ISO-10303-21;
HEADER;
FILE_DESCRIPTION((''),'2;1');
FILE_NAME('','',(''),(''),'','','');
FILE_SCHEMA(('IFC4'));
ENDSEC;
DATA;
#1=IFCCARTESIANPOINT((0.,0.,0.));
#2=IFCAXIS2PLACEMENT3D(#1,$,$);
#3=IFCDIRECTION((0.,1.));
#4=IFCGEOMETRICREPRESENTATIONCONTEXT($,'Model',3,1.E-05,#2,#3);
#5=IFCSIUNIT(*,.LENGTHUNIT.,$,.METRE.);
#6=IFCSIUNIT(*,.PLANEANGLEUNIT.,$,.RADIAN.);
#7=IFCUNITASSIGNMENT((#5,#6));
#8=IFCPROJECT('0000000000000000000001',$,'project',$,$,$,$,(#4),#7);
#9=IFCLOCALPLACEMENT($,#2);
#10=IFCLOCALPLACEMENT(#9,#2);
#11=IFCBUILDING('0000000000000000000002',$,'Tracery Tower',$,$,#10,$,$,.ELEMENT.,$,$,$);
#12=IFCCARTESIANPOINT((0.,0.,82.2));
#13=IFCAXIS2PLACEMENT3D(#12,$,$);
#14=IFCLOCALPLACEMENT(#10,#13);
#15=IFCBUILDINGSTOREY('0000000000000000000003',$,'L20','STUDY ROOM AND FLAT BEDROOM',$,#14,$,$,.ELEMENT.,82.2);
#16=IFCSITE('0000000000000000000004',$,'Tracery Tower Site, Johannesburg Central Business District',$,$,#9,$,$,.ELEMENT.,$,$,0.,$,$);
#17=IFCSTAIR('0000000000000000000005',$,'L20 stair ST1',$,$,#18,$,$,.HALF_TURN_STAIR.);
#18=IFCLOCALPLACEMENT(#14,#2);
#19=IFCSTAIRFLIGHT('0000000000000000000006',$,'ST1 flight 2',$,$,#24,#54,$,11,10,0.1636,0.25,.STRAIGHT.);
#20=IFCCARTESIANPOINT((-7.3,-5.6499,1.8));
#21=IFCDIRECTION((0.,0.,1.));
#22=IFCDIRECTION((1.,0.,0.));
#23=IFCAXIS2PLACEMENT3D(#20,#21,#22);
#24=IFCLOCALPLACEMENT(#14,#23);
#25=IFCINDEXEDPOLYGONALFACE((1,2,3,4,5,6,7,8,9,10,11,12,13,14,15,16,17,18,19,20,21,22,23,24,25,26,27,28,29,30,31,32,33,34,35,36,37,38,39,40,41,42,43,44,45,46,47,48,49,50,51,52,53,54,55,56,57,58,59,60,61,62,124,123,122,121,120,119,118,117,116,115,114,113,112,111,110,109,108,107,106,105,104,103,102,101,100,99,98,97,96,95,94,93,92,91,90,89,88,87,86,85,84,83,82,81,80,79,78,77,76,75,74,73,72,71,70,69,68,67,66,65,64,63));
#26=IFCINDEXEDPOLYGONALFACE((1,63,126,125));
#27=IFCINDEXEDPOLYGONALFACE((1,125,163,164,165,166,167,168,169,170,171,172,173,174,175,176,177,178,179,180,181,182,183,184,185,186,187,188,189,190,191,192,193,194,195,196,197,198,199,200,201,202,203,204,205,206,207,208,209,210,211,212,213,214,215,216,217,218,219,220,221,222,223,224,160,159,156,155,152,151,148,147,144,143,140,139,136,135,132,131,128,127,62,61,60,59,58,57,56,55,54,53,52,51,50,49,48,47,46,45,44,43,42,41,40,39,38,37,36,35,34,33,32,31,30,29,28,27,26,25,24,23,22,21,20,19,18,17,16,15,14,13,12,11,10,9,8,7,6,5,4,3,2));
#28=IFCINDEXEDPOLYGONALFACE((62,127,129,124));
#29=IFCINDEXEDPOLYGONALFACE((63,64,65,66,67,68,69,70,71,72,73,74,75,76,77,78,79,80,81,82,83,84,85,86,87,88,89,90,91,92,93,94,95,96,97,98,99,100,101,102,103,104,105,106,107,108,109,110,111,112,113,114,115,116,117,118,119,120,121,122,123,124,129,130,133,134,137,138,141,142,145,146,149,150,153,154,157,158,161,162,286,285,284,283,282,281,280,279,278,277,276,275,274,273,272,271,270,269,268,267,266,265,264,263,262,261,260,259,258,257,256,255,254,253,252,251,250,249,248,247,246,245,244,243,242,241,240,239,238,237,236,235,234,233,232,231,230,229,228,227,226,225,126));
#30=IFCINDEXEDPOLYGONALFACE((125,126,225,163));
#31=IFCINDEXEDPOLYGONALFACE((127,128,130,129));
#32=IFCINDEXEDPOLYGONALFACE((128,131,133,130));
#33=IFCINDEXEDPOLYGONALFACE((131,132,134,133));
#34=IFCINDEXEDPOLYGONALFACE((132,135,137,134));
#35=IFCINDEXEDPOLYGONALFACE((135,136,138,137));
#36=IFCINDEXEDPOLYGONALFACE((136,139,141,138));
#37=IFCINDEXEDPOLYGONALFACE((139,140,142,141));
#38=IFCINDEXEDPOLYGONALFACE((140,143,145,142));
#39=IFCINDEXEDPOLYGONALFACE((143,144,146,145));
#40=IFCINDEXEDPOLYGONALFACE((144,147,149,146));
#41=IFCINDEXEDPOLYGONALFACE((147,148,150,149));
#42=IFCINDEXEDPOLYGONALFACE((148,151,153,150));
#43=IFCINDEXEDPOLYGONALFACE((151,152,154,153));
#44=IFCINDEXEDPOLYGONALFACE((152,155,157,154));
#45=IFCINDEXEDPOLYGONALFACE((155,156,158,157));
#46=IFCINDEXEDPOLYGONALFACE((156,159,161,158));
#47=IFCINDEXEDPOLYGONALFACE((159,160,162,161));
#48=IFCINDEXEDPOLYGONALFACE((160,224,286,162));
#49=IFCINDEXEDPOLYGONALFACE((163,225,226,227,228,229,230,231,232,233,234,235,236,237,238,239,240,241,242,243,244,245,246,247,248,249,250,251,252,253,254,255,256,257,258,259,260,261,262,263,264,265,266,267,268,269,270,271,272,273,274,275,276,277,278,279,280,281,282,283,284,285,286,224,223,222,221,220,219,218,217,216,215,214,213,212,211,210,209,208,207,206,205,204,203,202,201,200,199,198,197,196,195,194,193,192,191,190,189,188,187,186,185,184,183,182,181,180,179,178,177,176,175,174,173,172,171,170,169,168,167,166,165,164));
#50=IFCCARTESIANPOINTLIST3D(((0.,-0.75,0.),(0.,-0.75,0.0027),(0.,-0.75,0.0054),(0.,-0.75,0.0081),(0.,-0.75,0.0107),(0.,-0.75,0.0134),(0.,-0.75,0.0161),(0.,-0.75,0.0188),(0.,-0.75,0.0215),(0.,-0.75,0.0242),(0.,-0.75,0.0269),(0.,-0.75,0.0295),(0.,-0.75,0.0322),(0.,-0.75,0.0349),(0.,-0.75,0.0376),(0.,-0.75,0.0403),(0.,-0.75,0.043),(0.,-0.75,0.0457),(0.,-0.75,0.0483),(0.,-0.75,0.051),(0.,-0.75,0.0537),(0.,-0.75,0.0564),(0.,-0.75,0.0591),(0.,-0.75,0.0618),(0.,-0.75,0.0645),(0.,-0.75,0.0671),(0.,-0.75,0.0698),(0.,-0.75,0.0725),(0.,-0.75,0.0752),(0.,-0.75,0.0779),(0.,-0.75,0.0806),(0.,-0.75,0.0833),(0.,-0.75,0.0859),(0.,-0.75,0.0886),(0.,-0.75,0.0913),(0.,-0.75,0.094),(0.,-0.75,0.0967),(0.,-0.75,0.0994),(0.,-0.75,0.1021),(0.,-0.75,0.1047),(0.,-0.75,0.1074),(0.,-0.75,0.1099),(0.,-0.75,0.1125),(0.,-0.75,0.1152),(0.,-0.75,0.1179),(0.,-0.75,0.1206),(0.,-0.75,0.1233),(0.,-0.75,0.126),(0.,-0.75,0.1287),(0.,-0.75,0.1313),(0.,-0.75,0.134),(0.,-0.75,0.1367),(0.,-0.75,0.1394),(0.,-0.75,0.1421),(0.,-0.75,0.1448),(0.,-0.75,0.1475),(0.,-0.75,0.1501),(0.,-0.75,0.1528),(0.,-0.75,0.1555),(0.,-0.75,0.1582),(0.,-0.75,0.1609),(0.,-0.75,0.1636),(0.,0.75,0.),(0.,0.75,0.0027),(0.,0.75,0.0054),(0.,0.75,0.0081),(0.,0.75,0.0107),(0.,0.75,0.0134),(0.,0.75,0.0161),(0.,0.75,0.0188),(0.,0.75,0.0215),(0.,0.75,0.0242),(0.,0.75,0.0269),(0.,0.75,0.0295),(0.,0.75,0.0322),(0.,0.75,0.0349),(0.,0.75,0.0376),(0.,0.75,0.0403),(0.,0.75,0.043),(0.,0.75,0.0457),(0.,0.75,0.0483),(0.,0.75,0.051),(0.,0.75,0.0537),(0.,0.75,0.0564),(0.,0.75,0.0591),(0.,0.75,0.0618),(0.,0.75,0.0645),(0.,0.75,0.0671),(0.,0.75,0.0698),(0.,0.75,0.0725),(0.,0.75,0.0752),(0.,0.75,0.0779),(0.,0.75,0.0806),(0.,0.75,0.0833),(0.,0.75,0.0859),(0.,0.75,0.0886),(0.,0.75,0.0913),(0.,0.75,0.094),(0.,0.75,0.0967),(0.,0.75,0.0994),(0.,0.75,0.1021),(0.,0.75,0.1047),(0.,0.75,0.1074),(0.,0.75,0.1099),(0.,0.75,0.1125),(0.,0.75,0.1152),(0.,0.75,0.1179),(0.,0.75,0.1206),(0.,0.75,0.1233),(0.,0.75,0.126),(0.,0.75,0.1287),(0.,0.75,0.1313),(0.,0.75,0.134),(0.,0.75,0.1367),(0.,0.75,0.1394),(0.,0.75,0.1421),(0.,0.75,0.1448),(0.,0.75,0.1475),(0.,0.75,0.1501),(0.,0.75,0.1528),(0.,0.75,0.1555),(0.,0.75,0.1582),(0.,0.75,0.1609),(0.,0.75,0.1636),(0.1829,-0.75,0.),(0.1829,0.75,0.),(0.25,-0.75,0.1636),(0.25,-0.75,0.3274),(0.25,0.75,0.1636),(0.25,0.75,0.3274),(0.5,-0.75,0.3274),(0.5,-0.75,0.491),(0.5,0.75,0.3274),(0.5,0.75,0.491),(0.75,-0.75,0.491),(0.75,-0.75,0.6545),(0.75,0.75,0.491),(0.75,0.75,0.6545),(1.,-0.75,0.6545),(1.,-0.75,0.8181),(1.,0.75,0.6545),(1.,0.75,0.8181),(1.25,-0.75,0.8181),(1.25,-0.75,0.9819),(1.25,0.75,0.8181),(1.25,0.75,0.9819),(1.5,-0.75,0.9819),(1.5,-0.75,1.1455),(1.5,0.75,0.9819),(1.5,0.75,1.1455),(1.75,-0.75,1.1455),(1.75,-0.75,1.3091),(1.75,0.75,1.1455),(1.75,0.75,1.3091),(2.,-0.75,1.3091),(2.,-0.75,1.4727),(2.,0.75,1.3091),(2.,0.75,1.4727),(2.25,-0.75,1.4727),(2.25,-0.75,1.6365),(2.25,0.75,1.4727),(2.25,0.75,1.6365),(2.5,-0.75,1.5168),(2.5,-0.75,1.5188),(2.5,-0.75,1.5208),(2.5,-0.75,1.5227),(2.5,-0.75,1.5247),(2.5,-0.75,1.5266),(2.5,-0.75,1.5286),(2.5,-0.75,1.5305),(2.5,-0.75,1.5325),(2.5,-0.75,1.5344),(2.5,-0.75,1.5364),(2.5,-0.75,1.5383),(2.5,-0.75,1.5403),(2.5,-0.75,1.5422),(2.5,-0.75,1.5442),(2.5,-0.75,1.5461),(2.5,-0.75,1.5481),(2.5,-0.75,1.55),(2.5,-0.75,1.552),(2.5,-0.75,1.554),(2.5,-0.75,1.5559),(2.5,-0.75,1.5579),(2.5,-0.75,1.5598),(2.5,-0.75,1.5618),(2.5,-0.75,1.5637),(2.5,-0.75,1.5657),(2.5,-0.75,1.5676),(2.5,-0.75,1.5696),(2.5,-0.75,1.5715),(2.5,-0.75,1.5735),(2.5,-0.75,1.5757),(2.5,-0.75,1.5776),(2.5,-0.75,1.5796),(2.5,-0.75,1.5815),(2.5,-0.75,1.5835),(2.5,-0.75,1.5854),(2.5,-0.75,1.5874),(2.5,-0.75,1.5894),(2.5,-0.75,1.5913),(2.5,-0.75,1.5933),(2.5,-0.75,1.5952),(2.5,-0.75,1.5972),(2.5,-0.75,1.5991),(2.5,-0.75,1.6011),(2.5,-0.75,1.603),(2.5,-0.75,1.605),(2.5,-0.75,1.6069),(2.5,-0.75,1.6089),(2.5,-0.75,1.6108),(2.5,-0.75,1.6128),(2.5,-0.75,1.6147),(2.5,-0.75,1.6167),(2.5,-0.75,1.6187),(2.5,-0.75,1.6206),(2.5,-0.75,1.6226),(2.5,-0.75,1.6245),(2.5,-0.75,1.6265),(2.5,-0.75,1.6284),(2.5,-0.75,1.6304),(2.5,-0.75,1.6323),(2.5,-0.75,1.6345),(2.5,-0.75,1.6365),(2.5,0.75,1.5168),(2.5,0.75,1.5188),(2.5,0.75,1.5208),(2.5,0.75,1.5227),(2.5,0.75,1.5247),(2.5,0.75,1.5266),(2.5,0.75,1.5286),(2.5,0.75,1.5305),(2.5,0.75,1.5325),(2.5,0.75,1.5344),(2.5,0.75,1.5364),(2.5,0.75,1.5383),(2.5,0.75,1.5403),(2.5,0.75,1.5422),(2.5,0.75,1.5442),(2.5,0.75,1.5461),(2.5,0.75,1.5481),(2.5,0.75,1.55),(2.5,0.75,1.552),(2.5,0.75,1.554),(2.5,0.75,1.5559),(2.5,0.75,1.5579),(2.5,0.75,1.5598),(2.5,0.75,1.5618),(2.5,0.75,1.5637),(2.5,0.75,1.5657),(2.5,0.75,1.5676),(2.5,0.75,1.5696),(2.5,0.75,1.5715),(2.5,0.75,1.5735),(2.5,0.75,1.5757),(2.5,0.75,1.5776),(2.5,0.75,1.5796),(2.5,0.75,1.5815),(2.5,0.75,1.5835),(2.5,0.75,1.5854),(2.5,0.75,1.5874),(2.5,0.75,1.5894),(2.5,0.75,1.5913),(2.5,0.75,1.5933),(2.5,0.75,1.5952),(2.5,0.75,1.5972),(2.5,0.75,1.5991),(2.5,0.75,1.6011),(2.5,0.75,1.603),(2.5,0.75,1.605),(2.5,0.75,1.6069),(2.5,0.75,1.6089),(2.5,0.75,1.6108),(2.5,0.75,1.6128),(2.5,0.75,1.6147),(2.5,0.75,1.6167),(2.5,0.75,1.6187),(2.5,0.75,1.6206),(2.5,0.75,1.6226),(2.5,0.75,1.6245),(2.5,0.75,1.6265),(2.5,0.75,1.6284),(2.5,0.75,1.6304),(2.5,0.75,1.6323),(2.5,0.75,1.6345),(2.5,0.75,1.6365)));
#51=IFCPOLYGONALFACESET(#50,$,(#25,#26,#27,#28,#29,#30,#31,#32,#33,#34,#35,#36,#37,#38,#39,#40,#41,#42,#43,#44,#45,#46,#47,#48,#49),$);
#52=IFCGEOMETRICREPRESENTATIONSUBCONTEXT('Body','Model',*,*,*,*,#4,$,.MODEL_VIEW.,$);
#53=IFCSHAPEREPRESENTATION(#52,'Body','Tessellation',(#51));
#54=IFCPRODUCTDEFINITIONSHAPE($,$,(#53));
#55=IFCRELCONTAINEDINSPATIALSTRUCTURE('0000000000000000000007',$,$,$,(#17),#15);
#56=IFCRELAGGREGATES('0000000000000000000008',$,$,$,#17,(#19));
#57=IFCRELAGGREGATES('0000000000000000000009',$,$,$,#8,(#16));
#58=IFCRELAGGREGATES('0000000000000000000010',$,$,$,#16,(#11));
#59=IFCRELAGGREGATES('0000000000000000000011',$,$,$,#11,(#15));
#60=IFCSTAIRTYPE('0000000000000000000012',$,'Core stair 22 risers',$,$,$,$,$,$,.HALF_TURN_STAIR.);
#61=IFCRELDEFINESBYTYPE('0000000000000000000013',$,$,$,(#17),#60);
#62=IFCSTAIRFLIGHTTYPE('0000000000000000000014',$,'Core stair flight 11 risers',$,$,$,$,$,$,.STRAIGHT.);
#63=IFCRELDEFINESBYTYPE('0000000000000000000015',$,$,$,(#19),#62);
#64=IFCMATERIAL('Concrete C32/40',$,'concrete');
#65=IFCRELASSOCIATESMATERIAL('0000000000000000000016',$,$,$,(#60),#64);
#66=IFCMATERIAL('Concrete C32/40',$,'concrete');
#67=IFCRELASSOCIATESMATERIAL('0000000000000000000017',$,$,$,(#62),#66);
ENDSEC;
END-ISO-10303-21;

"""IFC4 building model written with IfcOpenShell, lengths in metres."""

from ifc_helpers import new_model, si_unit, direction, frame, origin, place, context, subcontext, project, spatial, polyline, outline, extrude, material, type_object, element, aggregate, save


model = new_model("IFC4")

# Units and contexts
model_context = context("Model", 3, precision=1e-05, world=origin(), true_north=direction((0.0, 1.0)))
body_context = subcontext(model_context, "Body", "Model", "MODEL_VIEW")
ifc_project = project(units=[si_unit("LENGTHUNIT", "METRE"), si_unit("PLANEANGLEUNIT", "RADIAN")], contexts=[model_context])

# Site, building, storey
site_placement = place(None, origin())
site = spatial("IfcSite", under=ifc_project, at=site_placement, Name="Tracery Tower Site, Johannesburg Central Business District", CompositionType="ELEMENT", RefElevation=0.0)
building_placement = place(site_placement, origin())
building = spatial("IfcBuilding", under=site, at=building_placement, Name="Tracery Tower", CompositionType="ELEMENT")
storey_placement = place(building_placement, frame((0.0, 0.0, 82.2)))
storey = spatial("IfcBuildingStorey", under=building, at=storey_placement, Name="L20", Description="STUDY ROOM AND FLAT BEDROOM", CompositionType="ELEMENT", Elevation=82.2)

# Stair, stair flight
ifc_material_1 = material(Name="Concrete C32/40", Category="concrete")
stair_type = type_object("IfcStairType", Name="Core stair 22 risers", PredefinedType="HALF_TURN_STAIR", material=ifc_material_1)
stair_placement = place(storey_placement, origin())
stair = element("IfcStair", 1, at=stair_placement, inside=storey, type_object=stair_type, Name="L20 stair ST1", PredefinedType="HALF_TURN_STAIR")
ifc_material_2 = material(Name="Concrete C32/40", Category="concrete")
stair_flight_type = type_object("IfcStairFlightType", Name="Core stair flight 11 risers", PredefinedType="STRAIGHT", material=ifc_material_2)
stair_flight_1_placement = place(storey_placement, frame((-7.3, -5.6499, 1.8), z_axis=(0.0, 0.0, 1.0), x_axis=(1.0, 0.0, 0.0)))
stair_flight_1 = element("IfcStairFlight", 2, at=stair_flight_1_placement, type_object=stair_flight_type, Name="ST1 flight 2", NumberOfRisers=11, NumberOfTreads=10, PredefinedType="STRAIGHT", RiserHeight=0.1636, TreadLength=0.25, context=body_context, shape_type="SweptSolid", body=[
    extrude(outline(polyline([(0.0, 0.0), (0.0, 0.0027), (0.0, 0.0054), (0.0, 0.0081), (0.0, 0.0107), (0.0, 0.0134), (0.0, 0.0161), (0.0, 0.0188), (0.0, 0.0215), (0.0, 0.0242), (0.0, 0.0269), (0.0, 0.0295), (0.0, 0.0322), (0.0, 0.0349), (0.0, 0.0376), (0.0, 0.0403), (0.0, 0.043), (0.0, 0.0457), (0.0, 0.0483), (0.0, 0.051), (0.0, 0.0537), (0.0, 0.0564), (0.0, 0.0591), (0.0, 0.0618), (0.0, 0.0645), (0.0, 0.0671), (0.0, 0.0698), (0.0, 0.0725), (0.0, 0.0752), (0.0, 0.0779), (0.0, 0.0806), (0.0, 0.0833), (0.0, 0.0859), (0.0, 0.0886), (0.0, 0.0913), (0.0, 0.094), (0.0, 0.0967), (0.0, 0.0994), (0.0, 0.1021), (0.0, 0.1047), (0.0, 0.1074), (0.0, 0.1099), (0.0, 0.1125), (0.0, 0.1152), (0.0, 0.1179), (0.0, 0.1206), (0.0, 0.1233), (0.0, 0.126), (0.0, 0.1287), (0.0, 0.1313), (0.0, 0.134), (0.0, 0.1367), (0.0, 0.1394), (0.0, 0.1421), (0.0, 0.1448), (0.0, 0.1475), (0.0, 0.1501), (0.0, 0.1528), (0.0, 0.1555), (0.0, 0.1582), (0.0, 0.1609), (0.0, 0.1636), (0.25, 0.1636), (0.25, 0.3274), (0.5, 0.3274), (0.5, 0.491), (0.75, 0.491), (0.75, 0.6545), (1.0, 0.6545), (1.0, 0.8181), (1.25, 0.8181), (1.25, 0.9819), (1.5, 0.9819), (1.5, 1.1455), (1.75, 1.1455), (1.75, 1.3091), (2.0, 1.3091), (2.0, 1.4727), (2.25, 1.4727), (2.25, 1.6365), (2.5, 1.6365), (2.5, 1.6345), (2.5, 1.6323), (2.5, 1.6304), (2.5, 1.6284), (2.5, 1.6265), (2.5, 1.6245), (2.5, 1.6226), (2.5, 1.6206), (2.5, 1.6187), (2.5, 1.6167), (2.5, 1.6147), (2.5, 1.6128), (2.5, 1.6108), (2.5, 1.6089), (2.5, 1.6069), (2.5, 1.605), (2.5, 1.603), (2.5, 1.6011), (2.5, 1.5991), (2.5, 1.5972), (2.5, 1.5952), (2.5, 1.5933), (2.5, 1.5913), (2.5, 1.5894), (2.5, 1.5874), (2.5, 1.5854), (2.5, 1.5835), (2.5, 1.5815), (2.5, 1.5796), (2.5, 1.5776), (2.5, 1.5757), (2.5, 1.5735), (2.5, 1.5715), (2.5, 1.5696), (2.5, 1.5676), (2.5, 1.5657), (2.5, 1.5637), (2.5, 1.5618), (2.5, 1.5598), (2.5, 1.5579), (2.5, 1.5559), (2.5, 1.554), (2.5, 1.552), (2.5, 1.55), (2.5, 1.5481), (2.5, 1.5461), (2.5, 1.5442), (2.5, 1.5422), (2.5, 1.5403), (2.5, 1.5383), (2.5, 1.5364), (2.5, 1.5344), (2.5, 1.5325), (2.5, 1.5305), (2.5, 1.5286), (2.5, 1.5266), (2.5, 1.5247), (2.5, 1.5227), (2.5, 1.5208), (2.5, 1.5188), (2.5, 1.5168), (0.1829, 0.0), (0.0, 0.0)])), frame((0.0, 0.75, 0.0), z_axis=(0.0, -1.0, 0.0), x_axis=(1.0, 0.0, 0.0)), (0.0, 0.0, 1.0), 1.5),
])
aggregate(stair, [stair_flight_1])

save(model, "model.ifc")
